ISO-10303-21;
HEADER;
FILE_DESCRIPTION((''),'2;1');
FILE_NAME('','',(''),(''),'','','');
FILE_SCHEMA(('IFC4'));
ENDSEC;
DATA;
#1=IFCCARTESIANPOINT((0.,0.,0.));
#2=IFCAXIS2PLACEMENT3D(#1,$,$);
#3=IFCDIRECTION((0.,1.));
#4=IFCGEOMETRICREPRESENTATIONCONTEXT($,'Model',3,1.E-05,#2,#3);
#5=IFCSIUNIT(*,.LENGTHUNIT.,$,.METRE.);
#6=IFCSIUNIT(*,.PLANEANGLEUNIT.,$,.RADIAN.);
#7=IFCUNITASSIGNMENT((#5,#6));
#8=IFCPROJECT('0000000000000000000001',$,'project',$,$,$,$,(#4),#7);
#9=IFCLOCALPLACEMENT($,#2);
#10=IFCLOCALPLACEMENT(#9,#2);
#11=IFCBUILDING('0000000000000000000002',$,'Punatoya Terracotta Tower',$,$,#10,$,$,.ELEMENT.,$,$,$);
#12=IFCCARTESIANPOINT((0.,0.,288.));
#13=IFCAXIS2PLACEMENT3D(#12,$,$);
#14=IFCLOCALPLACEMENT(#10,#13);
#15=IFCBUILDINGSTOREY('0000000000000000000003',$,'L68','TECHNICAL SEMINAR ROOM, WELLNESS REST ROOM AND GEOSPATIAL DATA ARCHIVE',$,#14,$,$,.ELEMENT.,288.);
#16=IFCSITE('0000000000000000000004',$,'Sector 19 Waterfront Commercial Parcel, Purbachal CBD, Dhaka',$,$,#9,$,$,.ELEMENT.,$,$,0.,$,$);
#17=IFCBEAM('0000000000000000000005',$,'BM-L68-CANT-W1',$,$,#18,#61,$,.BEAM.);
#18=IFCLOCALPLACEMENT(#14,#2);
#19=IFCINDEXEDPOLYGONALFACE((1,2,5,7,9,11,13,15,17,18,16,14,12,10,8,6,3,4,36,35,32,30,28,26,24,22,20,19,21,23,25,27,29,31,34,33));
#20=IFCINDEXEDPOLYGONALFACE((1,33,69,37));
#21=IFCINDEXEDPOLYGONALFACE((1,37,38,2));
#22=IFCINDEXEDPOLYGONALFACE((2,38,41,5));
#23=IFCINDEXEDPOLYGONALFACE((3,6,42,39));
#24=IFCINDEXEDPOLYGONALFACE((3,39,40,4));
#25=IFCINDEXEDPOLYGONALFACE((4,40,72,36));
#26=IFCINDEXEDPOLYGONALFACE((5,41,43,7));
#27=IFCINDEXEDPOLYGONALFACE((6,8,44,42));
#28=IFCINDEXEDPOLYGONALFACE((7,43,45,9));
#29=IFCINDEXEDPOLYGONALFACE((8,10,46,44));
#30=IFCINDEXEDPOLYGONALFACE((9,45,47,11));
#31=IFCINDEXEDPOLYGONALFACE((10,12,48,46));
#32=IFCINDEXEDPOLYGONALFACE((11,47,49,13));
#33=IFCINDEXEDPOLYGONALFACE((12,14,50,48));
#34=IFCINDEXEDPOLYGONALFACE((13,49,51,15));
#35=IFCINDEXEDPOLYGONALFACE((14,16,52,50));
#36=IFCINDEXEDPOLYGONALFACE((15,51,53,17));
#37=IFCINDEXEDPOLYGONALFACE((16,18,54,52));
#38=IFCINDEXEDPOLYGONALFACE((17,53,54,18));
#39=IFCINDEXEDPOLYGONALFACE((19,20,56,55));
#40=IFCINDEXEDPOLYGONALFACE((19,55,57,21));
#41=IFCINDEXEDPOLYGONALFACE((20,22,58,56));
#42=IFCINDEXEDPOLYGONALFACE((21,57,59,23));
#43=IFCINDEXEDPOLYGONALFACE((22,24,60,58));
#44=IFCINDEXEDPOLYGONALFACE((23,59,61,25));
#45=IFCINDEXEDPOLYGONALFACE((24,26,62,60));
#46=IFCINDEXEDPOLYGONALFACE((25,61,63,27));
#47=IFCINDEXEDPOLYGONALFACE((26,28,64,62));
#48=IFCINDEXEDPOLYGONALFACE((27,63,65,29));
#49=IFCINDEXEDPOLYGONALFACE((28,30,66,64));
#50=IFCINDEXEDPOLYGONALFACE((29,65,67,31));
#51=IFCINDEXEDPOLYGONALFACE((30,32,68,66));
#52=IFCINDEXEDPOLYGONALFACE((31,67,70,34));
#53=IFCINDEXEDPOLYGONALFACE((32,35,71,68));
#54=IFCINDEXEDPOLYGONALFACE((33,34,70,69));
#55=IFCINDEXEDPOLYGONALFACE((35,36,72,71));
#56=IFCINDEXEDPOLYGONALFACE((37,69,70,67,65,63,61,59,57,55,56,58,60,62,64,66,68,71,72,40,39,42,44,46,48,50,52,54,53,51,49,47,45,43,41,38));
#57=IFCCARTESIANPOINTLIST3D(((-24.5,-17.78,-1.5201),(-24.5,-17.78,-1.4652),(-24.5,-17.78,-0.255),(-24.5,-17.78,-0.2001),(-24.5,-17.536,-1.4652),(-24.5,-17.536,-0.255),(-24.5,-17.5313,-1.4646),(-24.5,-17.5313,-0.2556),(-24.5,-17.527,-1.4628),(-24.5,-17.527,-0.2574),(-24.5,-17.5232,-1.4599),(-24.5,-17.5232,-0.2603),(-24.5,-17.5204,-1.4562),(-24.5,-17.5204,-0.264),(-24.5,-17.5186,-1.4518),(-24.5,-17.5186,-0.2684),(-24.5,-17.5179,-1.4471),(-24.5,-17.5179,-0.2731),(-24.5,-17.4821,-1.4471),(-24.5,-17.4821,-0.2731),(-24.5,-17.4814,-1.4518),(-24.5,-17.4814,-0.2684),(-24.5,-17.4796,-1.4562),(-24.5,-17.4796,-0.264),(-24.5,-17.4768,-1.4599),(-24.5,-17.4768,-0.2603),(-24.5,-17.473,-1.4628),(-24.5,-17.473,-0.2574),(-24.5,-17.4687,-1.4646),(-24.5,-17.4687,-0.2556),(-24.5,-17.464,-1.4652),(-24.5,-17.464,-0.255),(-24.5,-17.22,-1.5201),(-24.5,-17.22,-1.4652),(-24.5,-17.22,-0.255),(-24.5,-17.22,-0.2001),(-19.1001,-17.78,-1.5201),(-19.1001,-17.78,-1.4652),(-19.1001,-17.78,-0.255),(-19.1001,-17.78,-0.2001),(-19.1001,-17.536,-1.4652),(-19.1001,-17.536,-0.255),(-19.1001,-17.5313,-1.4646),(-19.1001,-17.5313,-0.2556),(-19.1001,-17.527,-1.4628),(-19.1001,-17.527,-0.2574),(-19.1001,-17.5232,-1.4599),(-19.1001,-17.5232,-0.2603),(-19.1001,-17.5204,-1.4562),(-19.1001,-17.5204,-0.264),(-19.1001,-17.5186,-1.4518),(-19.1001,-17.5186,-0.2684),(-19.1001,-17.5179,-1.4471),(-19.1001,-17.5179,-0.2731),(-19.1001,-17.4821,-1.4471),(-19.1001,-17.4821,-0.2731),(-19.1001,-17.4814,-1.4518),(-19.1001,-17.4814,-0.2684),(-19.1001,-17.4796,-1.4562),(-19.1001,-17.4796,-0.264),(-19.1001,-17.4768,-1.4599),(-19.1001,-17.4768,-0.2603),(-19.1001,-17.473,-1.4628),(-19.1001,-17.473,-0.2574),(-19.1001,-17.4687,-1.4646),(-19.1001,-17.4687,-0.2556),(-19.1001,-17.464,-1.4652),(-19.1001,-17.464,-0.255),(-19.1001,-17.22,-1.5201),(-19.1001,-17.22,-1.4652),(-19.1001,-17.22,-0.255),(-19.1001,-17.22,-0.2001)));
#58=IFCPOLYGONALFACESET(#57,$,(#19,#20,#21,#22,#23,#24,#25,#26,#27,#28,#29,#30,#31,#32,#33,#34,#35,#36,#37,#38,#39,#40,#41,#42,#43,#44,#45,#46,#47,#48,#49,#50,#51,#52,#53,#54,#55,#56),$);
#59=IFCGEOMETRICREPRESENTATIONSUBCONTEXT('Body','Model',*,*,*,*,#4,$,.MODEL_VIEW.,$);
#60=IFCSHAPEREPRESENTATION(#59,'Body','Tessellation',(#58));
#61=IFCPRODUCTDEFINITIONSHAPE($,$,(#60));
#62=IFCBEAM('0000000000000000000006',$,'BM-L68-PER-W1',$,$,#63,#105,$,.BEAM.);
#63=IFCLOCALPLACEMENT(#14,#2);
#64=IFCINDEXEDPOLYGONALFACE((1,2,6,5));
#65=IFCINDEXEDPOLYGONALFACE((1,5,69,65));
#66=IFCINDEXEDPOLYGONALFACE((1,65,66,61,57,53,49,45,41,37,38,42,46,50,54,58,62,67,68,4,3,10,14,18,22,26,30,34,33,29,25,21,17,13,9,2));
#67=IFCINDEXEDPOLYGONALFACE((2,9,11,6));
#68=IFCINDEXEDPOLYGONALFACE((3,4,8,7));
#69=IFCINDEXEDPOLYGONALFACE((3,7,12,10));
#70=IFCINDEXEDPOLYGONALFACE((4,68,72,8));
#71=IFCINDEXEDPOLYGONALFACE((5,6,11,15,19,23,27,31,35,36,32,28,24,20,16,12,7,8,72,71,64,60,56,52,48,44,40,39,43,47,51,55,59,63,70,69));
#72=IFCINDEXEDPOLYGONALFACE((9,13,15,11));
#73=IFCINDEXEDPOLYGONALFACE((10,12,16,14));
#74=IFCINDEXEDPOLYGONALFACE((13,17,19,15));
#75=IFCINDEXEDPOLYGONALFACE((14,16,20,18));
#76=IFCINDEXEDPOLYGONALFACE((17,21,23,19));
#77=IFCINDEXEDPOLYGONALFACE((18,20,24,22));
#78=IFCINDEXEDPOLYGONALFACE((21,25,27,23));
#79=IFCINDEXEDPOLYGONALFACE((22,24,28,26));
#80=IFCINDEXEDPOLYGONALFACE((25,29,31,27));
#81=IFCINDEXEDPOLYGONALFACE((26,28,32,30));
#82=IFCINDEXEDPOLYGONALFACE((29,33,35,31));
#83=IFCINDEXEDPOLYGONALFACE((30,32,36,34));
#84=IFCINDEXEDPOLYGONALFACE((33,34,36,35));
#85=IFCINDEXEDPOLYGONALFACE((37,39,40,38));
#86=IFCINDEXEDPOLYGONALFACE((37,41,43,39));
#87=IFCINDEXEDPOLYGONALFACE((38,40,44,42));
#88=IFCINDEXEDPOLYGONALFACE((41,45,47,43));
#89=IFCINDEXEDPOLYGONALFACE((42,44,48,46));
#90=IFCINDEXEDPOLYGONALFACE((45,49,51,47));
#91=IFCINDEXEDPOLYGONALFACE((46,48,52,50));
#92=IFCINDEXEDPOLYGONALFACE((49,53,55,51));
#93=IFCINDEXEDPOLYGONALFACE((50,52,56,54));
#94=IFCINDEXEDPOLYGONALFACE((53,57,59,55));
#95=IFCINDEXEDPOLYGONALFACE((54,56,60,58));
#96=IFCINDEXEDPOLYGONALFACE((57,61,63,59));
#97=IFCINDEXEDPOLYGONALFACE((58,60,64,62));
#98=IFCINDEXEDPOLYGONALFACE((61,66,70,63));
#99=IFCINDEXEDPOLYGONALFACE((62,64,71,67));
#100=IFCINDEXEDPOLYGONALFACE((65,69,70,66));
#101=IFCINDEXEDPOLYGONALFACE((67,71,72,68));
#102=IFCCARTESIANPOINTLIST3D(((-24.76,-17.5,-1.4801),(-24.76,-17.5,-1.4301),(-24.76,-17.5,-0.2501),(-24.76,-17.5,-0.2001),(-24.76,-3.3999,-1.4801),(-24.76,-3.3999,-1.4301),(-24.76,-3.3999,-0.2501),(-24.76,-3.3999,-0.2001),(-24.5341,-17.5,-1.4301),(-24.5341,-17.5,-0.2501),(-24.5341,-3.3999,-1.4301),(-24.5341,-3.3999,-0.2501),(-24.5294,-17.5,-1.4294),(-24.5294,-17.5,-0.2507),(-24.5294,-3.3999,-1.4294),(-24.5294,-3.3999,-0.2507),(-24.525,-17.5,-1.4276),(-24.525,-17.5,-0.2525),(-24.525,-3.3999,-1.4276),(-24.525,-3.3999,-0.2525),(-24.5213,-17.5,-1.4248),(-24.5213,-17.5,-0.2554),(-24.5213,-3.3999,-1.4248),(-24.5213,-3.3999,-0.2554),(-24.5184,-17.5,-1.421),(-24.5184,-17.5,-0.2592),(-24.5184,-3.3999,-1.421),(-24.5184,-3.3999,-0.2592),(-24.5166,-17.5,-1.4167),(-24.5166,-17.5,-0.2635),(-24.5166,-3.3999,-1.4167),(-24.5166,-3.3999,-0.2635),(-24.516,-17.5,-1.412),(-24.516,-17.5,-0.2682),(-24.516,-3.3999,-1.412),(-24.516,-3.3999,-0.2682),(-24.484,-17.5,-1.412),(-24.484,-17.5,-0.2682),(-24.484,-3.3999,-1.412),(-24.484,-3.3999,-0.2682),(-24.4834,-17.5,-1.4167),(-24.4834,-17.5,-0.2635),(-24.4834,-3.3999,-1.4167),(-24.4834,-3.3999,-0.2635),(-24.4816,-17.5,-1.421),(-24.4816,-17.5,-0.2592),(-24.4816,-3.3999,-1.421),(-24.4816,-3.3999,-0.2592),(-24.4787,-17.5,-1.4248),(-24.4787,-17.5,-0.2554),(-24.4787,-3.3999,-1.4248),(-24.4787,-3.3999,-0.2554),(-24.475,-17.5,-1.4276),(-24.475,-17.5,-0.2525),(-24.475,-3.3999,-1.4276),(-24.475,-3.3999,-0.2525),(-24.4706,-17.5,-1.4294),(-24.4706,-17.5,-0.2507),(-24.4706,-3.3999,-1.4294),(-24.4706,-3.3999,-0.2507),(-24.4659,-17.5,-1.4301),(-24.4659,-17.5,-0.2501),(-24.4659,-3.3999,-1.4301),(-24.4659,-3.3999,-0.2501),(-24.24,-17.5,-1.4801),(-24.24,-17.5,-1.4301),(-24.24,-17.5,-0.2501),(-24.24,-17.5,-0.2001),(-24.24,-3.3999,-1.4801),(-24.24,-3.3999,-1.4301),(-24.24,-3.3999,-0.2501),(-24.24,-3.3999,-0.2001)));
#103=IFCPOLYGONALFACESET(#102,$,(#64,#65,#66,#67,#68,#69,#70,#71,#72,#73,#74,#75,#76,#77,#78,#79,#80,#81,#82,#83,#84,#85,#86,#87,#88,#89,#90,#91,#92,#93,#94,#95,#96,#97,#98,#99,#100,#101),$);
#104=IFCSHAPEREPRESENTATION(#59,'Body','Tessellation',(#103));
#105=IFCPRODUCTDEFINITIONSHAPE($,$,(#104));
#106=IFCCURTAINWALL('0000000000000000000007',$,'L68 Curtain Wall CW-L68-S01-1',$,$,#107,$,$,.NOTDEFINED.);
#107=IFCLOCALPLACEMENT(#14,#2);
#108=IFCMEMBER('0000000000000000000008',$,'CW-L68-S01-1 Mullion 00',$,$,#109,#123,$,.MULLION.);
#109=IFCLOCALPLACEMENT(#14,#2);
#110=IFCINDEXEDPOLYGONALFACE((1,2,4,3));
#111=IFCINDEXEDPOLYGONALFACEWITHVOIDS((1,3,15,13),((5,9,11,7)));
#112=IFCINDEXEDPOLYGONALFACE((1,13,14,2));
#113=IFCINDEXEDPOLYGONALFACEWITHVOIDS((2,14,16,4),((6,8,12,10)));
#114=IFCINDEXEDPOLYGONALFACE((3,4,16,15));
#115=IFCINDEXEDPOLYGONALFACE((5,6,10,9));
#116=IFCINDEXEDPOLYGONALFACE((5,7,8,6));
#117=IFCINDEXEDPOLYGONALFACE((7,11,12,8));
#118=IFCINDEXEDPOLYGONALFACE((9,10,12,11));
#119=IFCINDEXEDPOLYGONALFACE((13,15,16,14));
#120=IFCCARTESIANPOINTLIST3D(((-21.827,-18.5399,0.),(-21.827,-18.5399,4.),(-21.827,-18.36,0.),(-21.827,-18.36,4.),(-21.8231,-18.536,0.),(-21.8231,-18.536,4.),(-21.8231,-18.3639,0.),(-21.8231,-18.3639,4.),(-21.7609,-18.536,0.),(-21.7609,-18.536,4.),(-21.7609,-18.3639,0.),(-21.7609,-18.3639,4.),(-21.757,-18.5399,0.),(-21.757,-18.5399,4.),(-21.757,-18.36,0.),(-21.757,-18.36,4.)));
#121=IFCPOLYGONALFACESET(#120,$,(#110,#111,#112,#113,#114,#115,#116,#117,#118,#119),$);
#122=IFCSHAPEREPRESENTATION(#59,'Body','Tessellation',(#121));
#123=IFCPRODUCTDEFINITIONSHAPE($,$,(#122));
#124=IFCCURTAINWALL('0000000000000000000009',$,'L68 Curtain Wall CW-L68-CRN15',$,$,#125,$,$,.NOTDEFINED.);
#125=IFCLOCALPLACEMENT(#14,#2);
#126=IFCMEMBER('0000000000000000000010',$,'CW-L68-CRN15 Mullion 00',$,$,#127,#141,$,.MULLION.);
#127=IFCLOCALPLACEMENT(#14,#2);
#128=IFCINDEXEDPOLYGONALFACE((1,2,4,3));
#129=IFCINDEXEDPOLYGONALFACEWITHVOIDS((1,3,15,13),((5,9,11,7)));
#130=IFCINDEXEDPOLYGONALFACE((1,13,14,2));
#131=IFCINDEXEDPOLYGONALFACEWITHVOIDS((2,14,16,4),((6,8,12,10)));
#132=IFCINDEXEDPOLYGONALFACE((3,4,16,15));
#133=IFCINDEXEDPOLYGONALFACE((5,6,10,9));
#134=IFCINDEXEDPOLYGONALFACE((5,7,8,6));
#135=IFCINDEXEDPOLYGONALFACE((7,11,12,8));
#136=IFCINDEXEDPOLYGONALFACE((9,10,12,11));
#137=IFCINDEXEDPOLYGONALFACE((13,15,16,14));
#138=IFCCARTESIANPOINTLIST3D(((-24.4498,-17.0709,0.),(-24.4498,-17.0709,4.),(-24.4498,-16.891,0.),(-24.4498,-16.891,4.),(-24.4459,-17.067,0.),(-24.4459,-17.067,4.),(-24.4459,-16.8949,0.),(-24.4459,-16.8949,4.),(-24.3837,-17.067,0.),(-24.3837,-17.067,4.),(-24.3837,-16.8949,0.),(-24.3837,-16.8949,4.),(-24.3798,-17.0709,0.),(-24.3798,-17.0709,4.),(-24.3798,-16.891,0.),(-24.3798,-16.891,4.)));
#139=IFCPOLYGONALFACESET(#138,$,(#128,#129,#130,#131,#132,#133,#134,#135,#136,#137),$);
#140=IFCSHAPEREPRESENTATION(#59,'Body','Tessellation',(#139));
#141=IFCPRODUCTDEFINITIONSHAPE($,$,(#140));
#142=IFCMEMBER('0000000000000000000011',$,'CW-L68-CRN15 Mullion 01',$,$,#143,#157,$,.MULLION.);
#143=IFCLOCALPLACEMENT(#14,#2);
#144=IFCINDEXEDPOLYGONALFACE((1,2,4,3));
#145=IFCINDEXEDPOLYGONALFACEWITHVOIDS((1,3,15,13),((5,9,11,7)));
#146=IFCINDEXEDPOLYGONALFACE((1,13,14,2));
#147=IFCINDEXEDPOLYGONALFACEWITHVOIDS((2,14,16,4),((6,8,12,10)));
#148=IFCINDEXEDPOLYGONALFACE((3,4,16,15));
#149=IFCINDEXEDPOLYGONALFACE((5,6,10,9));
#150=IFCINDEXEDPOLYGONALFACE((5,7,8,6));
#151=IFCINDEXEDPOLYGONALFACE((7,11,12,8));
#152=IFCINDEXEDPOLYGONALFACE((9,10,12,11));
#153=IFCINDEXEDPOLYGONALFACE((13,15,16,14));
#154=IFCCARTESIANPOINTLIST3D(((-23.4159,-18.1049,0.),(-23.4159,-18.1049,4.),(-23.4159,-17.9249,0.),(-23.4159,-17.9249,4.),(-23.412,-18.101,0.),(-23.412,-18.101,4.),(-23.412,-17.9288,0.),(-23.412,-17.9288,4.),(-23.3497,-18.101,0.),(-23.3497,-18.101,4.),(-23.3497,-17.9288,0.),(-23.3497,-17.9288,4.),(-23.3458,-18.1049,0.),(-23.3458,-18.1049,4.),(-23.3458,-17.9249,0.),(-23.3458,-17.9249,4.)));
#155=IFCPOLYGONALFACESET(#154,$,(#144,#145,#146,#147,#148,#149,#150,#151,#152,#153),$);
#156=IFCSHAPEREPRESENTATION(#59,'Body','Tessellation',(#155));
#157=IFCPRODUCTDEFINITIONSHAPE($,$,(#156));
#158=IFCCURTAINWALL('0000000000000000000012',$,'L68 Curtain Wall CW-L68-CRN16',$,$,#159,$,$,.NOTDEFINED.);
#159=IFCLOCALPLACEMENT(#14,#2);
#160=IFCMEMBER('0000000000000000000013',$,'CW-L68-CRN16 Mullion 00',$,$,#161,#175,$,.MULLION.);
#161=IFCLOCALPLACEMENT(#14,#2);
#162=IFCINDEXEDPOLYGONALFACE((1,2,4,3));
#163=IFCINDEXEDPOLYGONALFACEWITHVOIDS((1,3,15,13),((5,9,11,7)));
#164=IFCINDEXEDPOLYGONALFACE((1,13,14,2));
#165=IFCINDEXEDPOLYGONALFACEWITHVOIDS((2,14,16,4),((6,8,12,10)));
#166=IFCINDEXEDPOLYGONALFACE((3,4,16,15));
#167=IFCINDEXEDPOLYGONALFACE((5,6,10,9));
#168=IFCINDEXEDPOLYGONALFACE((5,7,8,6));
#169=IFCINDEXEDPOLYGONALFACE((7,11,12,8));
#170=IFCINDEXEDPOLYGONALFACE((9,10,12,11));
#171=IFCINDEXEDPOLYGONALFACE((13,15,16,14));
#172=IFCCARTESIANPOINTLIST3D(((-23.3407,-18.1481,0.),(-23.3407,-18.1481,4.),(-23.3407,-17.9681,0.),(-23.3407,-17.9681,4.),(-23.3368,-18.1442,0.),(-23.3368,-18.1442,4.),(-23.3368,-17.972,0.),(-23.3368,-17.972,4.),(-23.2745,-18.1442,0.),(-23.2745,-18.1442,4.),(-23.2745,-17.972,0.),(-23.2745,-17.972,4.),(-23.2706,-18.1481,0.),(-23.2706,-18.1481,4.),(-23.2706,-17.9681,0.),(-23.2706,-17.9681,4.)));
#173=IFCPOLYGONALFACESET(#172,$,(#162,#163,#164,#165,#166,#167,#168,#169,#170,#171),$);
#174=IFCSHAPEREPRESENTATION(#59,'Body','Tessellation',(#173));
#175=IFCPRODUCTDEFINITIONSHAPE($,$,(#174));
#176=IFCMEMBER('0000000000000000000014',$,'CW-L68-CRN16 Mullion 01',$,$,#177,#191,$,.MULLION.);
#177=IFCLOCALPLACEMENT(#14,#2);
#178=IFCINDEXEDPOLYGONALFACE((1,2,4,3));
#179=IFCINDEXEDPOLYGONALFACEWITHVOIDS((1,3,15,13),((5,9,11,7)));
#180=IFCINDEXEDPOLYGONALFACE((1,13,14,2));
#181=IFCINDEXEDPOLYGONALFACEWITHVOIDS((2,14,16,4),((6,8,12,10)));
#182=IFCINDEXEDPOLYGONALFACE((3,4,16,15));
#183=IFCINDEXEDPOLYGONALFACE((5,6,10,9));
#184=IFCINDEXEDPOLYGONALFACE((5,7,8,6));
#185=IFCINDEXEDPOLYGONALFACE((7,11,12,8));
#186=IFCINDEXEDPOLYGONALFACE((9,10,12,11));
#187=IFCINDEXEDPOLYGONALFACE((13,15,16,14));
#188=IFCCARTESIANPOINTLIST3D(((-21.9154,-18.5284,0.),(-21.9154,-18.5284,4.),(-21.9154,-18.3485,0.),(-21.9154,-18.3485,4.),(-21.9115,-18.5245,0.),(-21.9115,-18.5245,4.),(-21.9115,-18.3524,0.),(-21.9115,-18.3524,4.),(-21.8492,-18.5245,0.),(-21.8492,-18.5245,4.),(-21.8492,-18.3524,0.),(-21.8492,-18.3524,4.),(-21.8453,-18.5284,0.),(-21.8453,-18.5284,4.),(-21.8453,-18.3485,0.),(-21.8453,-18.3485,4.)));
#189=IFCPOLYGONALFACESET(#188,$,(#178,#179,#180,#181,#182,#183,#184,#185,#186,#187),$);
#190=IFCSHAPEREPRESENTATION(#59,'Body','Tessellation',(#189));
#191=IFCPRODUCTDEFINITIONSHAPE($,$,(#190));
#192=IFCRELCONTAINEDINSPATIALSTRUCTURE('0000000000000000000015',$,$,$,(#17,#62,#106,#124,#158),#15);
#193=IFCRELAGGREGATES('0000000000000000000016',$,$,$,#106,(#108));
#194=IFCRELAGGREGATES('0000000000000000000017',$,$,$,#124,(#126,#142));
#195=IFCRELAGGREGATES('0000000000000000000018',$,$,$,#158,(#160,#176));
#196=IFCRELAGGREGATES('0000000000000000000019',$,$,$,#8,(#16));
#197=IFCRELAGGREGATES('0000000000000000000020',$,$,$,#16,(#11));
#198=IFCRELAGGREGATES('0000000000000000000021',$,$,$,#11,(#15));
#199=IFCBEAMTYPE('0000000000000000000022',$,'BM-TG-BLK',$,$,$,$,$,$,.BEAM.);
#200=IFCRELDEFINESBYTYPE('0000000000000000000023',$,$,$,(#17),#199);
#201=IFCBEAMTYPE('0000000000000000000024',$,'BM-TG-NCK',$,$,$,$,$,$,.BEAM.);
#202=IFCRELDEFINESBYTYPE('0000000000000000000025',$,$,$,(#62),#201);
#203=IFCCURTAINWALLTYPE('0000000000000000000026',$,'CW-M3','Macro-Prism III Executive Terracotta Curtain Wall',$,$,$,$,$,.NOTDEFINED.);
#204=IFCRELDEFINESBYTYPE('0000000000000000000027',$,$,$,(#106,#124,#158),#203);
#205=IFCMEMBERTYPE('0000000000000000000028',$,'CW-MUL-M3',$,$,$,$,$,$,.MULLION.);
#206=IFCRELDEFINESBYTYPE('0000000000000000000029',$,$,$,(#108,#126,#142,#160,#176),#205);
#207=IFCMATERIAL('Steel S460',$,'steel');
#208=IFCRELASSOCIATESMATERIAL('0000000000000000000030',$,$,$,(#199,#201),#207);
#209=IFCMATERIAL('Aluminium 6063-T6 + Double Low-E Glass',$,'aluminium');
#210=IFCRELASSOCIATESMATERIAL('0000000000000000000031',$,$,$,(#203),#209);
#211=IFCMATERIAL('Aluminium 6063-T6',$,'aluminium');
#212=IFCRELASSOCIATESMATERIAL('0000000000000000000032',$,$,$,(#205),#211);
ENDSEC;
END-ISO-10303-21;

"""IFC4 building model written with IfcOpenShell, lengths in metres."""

from ifc_helpers import new_model, si_unit, direction, frame, origin, origin_2d, place, context, subcontext, project, spatial, hollow_rectangle, i_section, extrude, material, material_profile, profile_set, type_object, element, aggregate, save


model = new_model("IFC4")

# Units and contexts
model_context = context("Model", 3, precision=1e-05, world=origin(), true_north=direction((0.0, 1.0)))
body_context = subcontext(model_context, "Body", "Model", "MODEL_VIEW")
ifc_project = project(units=[si_unit("LENGTHUNIT", "METRE"), si_unit("PLANEANGLEUNIT", "RADIAN")], contexts=[model_context])

# Site, building, storey
site_placement = place(None, origin())
site = spatial("IfcSite", under=ifc_project, at=site_placement, Name="Sector 19 Waterfront Commercial Parcel, Purbachal CBD, Dhaka", CompositionType="ELEMENT", RefElevation=0.0)
building_placement = place(site_placement, origin())
building = spatial("IfcBuilding", under=site, at=building_placement, Name="Punatoya Terracotta Tower", CompositionType="ELEMENT")
storey_placement = place(building_placement, frame((0.0, 0.0, 288.0)))
storey = spatial("IfcBuildingStorey", under=building, at=storey_placement, Name="L68", Description="TECHNICAL SEMINAR ROOM, WELLNESS REST ROOM AND GEOSPATIAL DATA ARCHIVE", CompositionType="ELEMENT", Elevation=288.0)

# Shared definitions
ifc_material_1 = material(Name="Steel S460", Category="steel")

# Beams
ifc_material_profile_1 = material_profile(ifc_material_1, i_section(OverallWidth=0.5601, OverallDepth=1.3201, WebThickness=0.0359, FlangeThickness=0.0549, FilletRadius=0.0181, at=origin_2d()))
ifc_profile_set_1 = profile_set([ifc_material_profile_1], Name="Steel S460")
beam_type_1 = type_object("IfcBeamType", Name="BM-TG-BLK", PredefinedType="BEAM", material=ifc_profile_set_1)
beam_1_placement = place(storey_placement, frame((-24.5, -17.5, -0.8601), z_axis=(1.0, 0.0, 0.0), x_axis=(0.0, 1.0, 0.0)))
element("IfcBeam", 1, at=beam_1_placement, inside=storey, type_object=beam_type_1, Name="BM-L68-CANT-W1", PredefinedType="BEAM", context=body_context, shape_type="SweptSolid", body=[
    extrude(i_section(OverallWidth=0.5601, OverallDepth=1.3201, WebThickness=0.0359, FlangeThickness=0.0549, FilletRadius=0.0181, at=origin_2d()), origin(), (0.0, 0.0, 1.0), 5.3999),
])
ifc_material_profile_2 = material_profile(ifc_material_1, i_section(OverallWidth=0.52, OverallDepth=1.28, WebThickness=0.032, FlangeThickness=0.05, FilletRadius=0.0181, at=origin_2d()))
ifc_profile_set_2 = profile_set([ifc_material_profile_2], Name="Steel S460")
beam_type_2 = type_object("IfcBeamType", Name="BM-TG-NCK", PredefinedType="BEAM", material=ifc_profile_set_2)
beam_2_placement = place(storey_placement, frame((-24.5, -17.5, -0.8401), z_axis=(0.0, 1.0, 0.0), x_axis=(-1.0, 0.0, 0.0)))
element("IfcBeam", 2, at=beam_2_placement, inside=storey, type_object=beam_type_2, Name="BM-L68-PER-W1", PredefinedType="BEAM", context=body_context, shape_type="SweptSolid", body=[
    extrude(i_section(OverallWidth=0.52, OverallDepth=1.28, WebThickness=0.032, FlangeThickness=0.05, FilletRadius=0.0181, at=origin_2d()), origin(), (0.0, 0.0, 1.0), 14.1001),
])

# Curtain wall, member
ifc_material_2 = material(Name="Aluminium 6063-T6 + Double Low-E Glass", Category="aluminium")
curtain_wall_type = type_object("IfcCurtainWallType", Name="CW-M3", Description="Macro-Prism III Executive Terracotta Curtain Wall", PredefinedType="NOTDEFINED", material=ifc_material_2)
curtain_wall_1_placement = place(storey_placement, origin())
curtain_wall_1 = element("IfcCurtainWall", 3, at=curtain_wall_1_placement, inside=storey, type_object=curtain_wall_type, Name="L68 Curtain Wall CW-L68-S01-1", PredefinedType="NOTDEFINED")
ifc_material_3 = material(Name="Aluminium 6063-T6", Category="aluminium")
ifc_material_profile_3 = material_profile(ifc_material_3, hollow_rectangle(XDim=0.0701, YDim=0.1799, WallThickness=0.0039, at=origin_2d()))
ifc_profile_set_3 = profile_set([ifc_material_profile_3], Name="Aluminium 6063-T6")
member_type_1 = type_object("IfcMemberType", Name="CW-MUL-M3", PredefinedType="MULLION", material=ifc_profile_set_3)
member_1_placement = place(storey_placement, frame((-21.792, -18.45, 0.0), z_axis=(0.0, 0.0, 1.0), x_axis=(1.0, 0.0, 0.0)))
member_1 = element("IfcMember", 4, at=member_1_placement, type_object=member_type_1, Name="CW-L68-S01-1 Mullion 00", PredefinedType="MULLION", context=body_context, shape_type="SweptSolid", body=[
    extrude(hollow_rectangle(XDim=0.0701, YDim=0.1799, WallThickness=0.0039, at=origin_2d()), origin(), (0.0, 0.0, 1.0), 4.0),
])

# Curtain walls, members
curtain_wall_2_placement = place(storey_placement, origin())
curtain_wall_2 = element("IfcCurtainWall", 5, at=curtain_wall_2_placement, inside=storey, type_object=curtain_wall_type, Name="L68 Curtain Wall CW-L68-CRN15", PredefinedType="NOTDEFINED")
member_2_placement = place(storey_placement, frame((-24.4148, -16.981, 0.0), z_axis=(0.0, 0.0, 1.0), x_axis=(1.0, 0.0, 0.0)))
member_2 = element("IfcMember", 6, at=member_2_placement, type_object=member_type_1, Name="CW-L68-CRN15 Mullion 00", PredefinedType="MULLION", context=body_context, shape_type="SweptSolid", body=[
    extrude(hollow_rectangle(XDim=0.0701, YDim=0.1799, WallThickness=0.0039, at=origin_2d()), origin(), (0.0, 0.0, 1.0), 4.0),
])
member_3_placement = place(storey_placement, frame((-23.3809, -18.0149, 0.0), z_axis=(0.0, 0.0, 1.0), x_axis=(1.0, 0.0, 0.0)))
member_3 = element("IfcMember", 7, at=member_3_placement, type_object=member_type_1, Name="CW-L68-CRN15 Mullion 01", PredefinedType="MULLION", context=body_context, shape_type="SweptSolid", body=[
    extrude(hollow_rectangle(XDim=0.0701, YDim=0.1799, WallThickness=0.0039, at=origin_2d()), origin(), (0.0, 0.0, 1.0), 4.0),
])
curtain_wall_3_placement = place(storey_placement, origin())
curtain_wall_3 = element("IfcCurtainWall", 8, at=curtain_wall_3_placement, inside=storey, type_object=curtain_wall_type, Name="L68 Curtain Wall CW-L68-CRN16", PredefinedType="NOTDEFINED")
member_4_placement = place(storey_placement, frame((-23.3057, -18.0581, 0.0), z_axis=(0.0, 0.0, 1.0), x_axis=(1.0, 0.0, 0.0)))
member_4 = element("IfcMember", 9, at=member_4_placement, type_object=member_type_1, Name="CW-L68-CRN16 Mullion 00", PredefinedType="MULLION", context=body_context, shape_type="SweptSolid", body=[
    extrude(hollow_rectangle(XDim=0.0701, YDim=0.1799, WallThickness=0.0039, at=origin_2d()), origin(), (0.0, 0.0, 1.0), 4.0),
])
member_5_placement = place(storey_placement, frame((-21.8804, -18.4385, 0.0), z_axis=(0.0, 0.0, 1.0), x_axis=(1.0, 0.0, 0.0)))
member_5 = element("IfcMember", 10, at=member_5_placement, type_object=member_type_1, Name="CW-L68-CRN16 Mullion 01", PredefinedType="MULLION", context=body_context, shape_type="SweptSolid", body=[
    extrude(hollow_rectangle(XDim=0.0701, YDim=0.1799, WallThickness=0.0039, at=origin_2d()), origin(), (0.0, 0.0, 1.0), 4.0),
])

aggregate(curtain_wall_1, [member_1])
aggregate(curtain_wall_2, [member_2, member_3])
aggregate(curtain_wall_3, [member_4, member_5])

save(model, "model.ifc")
